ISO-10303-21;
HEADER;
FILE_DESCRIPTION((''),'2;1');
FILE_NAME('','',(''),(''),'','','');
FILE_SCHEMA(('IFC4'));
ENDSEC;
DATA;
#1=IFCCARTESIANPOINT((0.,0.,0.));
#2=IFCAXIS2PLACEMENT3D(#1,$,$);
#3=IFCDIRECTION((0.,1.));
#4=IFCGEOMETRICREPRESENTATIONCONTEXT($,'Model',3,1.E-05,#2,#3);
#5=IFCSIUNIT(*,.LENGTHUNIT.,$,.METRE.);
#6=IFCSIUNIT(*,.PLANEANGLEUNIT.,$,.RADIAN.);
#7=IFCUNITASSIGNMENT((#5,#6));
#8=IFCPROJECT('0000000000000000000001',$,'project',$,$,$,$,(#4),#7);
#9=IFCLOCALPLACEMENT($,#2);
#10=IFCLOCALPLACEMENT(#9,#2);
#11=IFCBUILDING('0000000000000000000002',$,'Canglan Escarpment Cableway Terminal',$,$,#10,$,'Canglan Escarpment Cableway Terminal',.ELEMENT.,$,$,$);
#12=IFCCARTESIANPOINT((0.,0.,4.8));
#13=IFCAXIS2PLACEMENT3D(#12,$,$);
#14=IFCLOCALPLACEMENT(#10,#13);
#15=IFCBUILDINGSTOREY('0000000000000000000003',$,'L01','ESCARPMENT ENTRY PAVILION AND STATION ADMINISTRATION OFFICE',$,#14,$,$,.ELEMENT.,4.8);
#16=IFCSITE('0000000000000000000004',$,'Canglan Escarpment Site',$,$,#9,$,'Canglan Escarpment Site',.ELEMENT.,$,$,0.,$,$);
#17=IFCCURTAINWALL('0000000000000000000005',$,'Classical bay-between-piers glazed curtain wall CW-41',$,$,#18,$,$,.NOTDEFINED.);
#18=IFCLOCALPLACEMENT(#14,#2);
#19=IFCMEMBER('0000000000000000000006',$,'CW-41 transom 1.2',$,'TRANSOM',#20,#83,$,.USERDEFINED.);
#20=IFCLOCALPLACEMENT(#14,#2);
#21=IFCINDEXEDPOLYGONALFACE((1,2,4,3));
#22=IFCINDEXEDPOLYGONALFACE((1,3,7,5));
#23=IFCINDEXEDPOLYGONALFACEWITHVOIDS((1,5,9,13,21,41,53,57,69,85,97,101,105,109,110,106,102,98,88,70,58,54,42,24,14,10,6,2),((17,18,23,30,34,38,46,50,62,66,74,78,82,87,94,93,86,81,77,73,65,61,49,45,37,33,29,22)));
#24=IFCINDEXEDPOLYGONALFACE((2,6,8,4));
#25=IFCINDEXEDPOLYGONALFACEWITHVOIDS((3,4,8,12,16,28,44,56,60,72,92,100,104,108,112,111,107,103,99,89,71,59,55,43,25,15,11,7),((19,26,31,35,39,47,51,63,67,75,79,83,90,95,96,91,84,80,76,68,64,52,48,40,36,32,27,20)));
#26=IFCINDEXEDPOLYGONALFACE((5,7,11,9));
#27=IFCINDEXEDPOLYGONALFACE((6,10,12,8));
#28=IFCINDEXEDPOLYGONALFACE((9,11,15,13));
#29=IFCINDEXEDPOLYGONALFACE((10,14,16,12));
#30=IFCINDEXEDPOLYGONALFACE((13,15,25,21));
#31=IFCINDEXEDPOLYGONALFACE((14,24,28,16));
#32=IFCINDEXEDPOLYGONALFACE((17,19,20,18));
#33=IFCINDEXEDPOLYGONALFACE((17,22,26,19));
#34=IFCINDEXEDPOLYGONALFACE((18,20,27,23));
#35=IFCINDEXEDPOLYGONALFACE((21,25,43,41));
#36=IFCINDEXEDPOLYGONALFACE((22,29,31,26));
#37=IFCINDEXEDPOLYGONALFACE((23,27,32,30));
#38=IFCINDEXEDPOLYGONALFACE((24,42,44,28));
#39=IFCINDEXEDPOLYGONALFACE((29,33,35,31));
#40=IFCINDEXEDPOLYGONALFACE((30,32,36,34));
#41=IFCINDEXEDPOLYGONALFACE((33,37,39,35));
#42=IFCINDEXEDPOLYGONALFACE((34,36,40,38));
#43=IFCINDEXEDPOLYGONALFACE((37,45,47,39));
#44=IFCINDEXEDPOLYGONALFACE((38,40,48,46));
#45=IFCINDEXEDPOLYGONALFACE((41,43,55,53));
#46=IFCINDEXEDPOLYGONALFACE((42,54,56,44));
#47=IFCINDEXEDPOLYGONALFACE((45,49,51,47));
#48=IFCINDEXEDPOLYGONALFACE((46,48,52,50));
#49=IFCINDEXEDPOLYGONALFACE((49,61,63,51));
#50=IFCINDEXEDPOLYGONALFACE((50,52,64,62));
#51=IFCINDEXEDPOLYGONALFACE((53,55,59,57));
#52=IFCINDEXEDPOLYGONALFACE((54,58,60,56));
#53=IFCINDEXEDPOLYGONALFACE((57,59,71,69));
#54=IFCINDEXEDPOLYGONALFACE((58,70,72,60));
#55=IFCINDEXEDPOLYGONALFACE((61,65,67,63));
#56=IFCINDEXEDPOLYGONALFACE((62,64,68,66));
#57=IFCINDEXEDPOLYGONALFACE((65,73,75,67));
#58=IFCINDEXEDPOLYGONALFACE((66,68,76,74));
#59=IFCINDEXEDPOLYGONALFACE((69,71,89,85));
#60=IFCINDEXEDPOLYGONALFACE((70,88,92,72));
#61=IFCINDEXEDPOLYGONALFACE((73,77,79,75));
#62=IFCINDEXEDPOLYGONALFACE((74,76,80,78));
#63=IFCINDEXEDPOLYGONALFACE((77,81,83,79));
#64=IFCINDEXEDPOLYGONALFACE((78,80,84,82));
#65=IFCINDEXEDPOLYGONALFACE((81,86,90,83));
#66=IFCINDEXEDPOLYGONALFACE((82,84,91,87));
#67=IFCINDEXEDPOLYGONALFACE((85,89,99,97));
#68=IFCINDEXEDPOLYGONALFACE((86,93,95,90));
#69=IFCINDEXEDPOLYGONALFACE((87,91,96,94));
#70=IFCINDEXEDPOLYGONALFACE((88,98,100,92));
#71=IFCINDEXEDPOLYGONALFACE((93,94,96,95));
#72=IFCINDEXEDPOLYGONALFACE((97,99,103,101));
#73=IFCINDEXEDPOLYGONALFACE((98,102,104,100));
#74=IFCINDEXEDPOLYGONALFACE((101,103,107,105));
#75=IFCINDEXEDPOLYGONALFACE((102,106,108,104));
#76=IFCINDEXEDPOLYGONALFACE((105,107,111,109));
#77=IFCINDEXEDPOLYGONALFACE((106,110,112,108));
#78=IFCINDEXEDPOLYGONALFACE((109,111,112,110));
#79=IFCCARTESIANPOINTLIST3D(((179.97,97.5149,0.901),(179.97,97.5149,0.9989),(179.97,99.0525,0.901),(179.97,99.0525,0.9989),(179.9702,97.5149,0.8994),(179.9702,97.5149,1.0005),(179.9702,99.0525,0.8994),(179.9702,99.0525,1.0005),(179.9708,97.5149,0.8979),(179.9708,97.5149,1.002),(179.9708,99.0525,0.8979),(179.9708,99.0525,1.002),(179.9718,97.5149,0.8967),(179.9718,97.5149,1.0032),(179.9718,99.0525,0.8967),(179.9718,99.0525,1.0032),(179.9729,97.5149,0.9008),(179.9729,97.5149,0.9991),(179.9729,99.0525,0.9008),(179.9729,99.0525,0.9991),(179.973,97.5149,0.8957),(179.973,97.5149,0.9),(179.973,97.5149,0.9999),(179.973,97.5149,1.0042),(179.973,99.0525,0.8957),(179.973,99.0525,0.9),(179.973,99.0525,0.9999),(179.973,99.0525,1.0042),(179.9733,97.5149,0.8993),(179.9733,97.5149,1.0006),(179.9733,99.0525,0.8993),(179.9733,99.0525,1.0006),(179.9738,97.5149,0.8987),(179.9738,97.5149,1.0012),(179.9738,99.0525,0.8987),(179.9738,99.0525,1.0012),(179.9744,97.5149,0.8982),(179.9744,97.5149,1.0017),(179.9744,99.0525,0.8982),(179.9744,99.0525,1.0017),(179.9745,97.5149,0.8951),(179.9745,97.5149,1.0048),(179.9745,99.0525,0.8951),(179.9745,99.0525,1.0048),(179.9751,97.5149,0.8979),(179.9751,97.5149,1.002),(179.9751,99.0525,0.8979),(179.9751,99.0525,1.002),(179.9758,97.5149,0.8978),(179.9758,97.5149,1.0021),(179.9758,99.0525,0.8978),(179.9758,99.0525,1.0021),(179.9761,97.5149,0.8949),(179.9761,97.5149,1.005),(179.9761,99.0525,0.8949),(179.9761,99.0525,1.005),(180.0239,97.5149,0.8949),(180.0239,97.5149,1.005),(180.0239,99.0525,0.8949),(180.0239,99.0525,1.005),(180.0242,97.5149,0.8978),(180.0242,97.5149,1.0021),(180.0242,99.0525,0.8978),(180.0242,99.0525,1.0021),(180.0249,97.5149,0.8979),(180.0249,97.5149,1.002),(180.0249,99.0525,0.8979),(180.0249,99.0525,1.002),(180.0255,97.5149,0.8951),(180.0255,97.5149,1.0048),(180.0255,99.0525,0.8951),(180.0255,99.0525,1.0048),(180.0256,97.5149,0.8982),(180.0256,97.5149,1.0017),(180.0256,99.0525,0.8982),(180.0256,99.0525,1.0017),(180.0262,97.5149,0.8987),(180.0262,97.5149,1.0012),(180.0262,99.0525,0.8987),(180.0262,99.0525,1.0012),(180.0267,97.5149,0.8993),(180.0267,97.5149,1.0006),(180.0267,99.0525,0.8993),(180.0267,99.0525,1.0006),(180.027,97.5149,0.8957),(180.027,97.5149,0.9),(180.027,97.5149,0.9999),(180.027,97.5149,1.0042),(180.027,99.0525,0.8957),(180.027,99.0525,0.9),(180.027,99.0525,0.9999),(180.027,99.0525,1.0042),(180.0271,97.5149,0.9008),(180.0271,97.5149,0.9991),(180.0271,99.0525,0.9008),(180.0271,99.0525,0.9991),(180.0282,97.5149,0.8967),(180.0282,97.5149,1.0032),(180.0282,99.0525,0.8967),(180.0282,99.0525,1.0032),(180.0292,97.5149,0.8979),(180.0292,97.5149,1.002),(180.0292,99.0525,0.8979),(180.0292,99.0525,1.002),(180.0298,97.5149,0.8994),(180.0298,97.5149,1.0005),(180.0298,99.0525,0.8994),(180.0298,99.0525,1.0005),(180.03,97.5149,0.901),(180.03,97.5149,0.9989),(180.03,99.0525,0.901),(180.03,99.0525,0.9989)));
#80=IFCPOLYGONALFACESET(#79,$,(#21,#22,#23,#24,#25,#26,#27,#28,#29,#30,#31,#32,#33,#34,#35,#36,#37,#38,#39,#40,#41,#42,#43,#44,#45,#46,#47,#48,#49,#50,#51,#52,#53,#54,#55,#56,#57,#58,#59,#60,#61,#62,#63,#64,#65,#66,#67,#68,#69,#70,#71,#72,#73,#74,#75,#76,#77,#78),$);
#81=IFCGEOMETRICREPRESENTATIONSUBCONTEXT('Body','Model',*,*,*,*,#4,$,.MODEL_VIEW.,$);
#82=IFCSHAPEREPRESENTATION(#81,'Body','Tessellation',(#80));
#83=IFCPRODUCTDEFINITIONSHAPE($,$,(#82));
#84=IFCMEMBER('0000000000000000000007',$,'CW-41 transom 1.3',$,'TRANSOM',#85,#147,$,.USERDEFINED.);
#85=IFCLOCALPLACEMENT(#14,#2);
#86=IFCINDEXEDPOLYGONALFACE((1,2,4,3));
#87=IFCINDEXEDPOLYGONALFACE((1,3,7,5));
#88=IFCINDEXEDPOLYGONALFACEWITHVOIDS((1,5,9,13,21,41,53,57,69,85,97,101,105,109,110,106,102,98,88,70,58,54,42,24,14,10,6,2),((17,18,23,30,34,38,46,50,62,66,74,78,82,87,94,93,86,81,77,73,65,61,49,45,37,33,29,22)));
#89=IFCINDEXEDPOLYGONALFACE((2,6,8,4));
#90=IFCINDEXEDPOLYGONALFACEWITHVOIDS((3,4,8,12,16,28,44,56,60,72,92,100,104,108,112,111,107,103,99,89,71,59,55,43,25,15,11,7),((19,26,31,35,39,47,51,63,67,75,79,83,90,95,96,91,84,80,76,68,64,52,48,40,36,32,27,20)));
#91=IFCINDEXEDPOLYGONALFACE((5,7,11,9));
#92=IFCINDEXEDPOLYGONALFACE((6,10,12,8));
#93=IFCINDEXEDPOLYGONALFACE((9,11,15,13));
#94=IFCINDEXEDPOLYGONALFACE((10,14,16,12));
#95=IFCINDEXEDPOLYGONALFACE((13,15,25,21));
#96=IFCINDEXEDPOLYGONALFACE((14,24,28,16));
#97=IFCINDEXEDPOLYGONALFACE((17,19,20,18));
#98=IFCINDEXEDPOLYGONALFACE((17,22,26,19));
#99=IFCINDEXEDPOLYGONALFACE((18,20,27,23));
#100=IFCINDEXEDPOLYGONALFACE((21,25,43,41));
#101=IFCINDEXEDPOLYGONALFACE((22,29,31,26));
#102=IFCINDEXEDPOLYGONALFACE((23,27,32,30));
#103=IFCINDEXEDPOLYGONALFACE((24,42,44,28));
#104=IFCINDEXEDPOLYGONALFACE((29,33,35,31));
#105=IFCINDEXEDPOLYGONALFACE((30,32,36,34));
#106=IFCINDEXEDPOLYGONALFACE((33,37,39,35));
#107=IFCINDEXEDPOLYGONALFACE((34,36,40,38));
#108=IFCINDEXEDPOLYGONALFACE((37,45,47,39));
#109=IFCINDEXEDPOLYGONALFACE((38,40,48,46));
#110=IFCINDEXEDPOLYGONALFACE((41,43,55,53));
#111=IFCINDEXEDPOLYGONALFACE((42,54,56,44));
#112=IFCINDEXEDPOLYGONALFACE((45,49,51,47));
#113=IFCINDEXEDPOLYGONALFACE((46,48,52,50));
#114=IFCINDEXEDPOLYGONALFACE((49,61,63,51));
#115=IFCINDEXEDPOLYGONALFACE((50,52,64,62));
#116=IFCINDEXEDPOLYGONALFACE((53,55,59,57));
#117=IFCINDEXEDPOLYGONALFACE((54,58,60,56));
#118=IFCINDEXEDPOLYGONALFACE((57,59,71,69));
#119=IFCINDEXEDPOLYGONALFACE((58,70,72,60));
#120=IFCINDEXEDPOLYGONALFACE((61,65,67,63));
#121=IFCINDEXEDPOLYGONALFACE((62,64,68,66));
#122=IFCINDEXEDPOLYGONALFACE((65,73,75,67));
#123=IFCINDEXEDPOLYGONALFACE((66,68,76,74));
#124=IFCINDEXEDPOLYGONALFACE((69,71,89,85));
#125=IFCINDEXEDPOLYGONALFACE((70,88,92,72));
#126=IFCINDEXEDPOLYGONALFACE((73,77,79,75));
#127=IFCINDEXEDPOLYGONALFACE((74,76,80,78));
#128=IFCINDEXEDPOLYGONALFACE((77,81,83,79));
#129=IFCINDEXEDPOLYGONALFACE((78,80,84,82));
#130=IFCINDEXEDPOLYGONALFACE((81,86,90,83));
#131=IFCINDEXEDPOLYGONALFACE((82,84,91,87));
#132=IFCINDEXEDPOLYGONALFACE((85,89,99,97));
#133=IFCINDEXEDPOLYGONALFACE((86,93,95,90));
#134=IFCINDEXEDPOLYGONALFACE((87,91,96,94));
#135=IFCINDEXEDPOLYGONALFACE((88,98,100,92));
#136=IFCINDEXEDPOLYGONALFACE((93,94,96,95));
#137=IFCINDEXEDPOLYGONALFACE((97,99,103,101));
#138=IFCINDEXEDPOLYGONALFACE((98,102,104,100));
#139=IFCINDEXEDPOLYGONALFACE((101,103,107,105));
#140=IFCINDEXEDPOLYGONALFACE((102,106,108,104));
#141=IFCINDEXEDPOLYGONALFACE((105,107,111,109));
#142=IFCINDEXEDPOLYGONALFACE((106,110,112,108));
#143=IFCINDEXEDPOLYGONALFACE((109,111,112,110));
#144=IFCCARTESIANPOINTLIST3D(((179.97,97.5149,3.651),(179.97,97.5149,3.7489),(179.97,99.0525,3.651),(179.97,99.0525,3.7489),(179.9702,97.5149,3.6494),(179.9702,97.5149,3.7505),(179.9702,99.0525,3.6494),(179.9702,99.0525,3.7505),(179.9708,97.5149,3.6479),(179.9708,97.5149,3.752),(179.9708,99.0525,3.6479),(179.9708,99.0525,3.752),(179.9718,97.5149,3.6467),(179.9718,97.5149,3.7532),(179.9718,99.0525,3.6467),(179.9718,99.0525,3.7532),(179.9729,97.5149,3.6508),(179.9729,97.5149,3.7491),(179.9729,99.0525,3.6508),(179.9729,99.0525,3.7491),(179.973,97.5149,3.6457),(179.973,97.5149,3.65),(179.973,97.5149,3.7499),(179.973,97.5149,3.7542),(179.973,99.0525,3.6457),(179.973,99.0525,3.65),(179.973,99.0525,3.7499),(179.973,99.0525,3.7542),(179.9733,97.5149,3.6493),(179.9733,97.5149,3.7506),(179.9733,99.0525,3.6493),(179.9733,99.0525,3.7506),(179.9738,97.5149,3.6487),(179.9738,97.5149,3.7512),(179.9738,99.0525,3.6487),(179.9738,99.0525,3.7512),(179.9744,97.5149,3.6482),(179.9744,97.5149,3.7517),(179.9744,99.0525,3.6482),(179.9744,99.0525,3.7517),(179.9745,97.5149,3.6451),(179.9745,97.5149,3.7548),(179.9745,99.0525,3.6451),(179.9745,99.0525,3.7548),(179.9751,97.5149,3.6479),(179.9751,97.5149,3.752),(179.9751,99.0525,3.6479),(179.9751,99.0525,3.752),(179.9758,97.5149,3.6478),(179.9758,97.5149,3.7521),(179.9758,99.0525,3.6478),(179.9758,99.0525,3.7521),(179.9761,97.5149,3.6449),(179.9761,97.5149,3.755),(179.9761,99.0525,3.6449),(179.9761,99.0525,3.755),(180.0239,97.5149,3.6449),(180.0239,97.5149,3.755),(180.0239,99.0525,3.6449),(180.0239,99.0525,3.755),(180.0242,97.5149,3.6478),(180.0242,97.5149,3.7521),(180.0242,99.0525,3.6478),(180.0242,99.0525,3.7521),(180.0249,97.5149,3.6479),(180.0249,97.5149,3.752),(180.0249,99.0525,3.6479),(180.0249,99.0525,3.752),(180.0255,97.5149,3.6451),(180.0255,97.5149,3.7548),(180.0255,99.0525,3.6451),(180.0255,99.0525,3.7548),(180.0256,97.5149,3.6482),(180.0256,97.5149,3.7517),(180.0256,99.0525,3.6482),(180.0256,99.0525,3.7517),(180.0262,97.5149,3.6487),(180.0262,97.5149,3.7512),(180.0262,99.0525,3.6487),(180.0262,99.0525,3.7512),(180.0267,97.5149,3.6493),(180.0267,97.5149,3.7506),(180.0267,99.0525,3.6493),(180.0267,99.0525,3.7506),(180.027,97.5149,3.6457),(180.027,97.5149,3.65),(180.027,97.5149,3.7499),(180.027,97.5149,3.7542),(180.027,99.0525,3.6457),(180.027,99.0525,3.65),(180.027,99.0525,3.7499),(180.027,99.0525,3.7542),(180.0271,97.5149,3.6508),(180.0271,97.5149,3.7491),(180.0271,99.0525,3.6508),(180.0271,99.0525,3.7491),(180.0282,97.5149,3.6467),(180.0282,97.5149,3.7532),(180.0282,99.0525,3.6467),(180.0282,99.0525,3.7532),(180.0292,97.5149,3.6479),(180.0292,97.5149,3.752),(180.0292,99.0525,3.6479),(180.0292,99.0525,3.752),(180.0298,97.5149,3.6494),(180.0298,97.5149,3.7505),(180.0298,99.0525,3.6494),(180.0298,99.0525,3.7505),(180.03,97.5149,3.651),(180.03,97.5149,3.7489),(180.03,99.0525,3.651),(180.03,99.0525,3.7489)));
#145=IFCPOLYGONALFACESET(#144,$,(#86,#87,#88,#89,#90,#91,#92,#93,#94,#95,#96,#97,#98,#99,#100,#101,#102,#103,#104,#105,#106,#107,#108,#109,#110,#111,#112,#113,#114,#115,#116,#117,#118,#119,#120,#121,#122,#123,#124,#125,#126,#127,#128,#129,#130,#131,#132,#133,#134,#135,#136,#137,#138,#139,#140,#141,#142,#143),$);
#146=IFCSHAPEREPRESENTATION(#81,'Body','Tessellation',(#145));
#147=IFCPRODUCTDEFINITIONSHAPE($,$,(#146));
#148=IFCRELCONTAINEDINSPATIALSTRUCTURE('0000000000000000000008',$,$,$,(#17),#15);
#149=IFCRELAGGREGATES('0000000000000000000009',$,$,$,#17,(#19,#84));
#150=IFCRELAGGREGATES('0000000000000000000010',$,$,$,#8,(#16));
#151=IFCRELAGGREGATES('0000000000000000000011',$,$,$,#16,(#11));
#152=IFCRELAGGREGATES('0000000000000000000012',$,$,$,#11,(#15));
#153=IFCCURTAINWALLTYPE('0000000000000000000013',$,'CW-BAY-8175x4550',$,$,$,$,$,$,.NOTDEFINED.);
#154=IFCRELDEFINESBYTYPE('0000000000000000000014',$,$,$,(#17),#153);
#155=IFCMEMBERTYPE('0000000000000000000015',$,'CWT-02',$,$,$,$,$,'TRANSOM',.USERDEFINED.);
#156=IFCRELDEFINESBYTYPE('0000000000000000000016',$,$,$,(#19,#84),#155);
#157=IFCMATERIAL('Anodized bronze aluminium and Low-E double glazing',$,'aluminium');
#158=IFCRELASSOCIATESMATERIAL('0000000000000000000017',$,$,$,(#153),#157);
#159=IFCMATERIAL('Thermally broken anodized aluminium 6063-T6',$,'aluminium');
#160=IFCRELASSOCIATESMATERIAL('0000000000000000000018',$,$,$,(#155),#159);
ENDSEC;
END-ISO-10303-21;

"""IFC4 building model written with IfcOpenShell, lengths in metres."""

from ifc_helpers import new_model, si_unit, direction, frame, origin, origin_2d, place, context, subcontext, project, spatial, hollow_rectangle, extrude, material, material_profile, profile_set, type_object, element, aggregate, save


model = new_model("IFC4")

# Units and contexts
model_context = context("Model", 3, precision=1e-05, world=origin(), true_north=direction((0.0, 1.0)))
body_context = subcontext(model_context, "Body", "Model", "MODEL_VIEW")
ifc_project = project(units=[si_unit("LENGTHUNIT", "METRE"), si_unit("PLANEANGLEUNIT", "RADIAN")], contexts=[model_context])

# Site, building, storey
site_placement = place(None, origin())
site = spatial("IfcSite", under=ifc_project, at=site_placement, Name="Canglan Escarpment Site", LongName="Canglan Escarpment Site", CompositionType="ELEMENT", RefElevation=0.0)
building_placement = place(site_placement, origin())
building = spatial("IfcBuilding", under=site, at=building_placement, Name="Canglan Escarpment Cableway Terminal", LongName="Canglan Escarpment Cableway Terminal", CompositionType="ELEMENT")
storey_placement = place(building_placement, frame((0.0, 0.0, 4.8)))
storey = spatial("IfcBuildingStorey", under=building, at=storey_placement, Name="L01", Description="ESCARPMENT ENTRY PAVILION AND STATION ADMINISTRATION OFFICE", CompositionType="ELEMENT", Elevation=4.8)

# Curtain wall, members
ifc_material_1 = material(Name="Anodized bronze aluminium and Low-E double glazing", Category="aluminium")
curtain_wall_type = type_object("IfcCurtainWallType", Name="CW-BAY-8175x4550", PredefinedType="NOTDEFINED", material=ifc_material_1)
curtain_wall_placement = place(storey_placement, origin())
curtain_wall = element("IfcCurtainWall", 1, at=curtain_wall_placement, inside=storey, type_object=curtain_wall_type, Name="Classical bay-between-piers glazed curtain wall CW-41", PredefinedType="NOTDEFINED")
ifc_material_2 = material(Name="Thermally broken anodized aluminium 6063-T6", Category="aluminium")
ifc_material_profile_1 = material_profile(ifc_material_2, hollow_rectangle(XDim=0.0601, YDim=0.1101, WallThickness=0.0029, InnerFilletRadius=0.0029, OuterFilletRadius=0.0061, at=origin_2d()), Name="ALU-TRAN 60x110x3")
ifc_profile_set_1 = profile_set([ifc_material_profile_1], Name="Thermally broken anodized aluminium 6063-T6")
member_type_1 = type_object("IfcMemberType", Name="CWT-02", ElementType="TRANSOM", PredefinedType="USERDEFINED", material=ifc_profile_set_1)
member_1_placement = place(storey_placement, frame((180.0, 97.5149, 0.95), z_axis=(0.0, 1.0, 0.0), x_axis=(-1.0, 0.0, 0.0)))
member_1 = element("IfcMember", 2, at=member_1_placement, type_object=member_type_1, Name="CW-41 transom 1.2", ObjectType="TRANSOM", PredefinedType="USERDEFINED", context=body_context, shape_type="SweptSolid", body=[
    extrude(hollow_rectangle(XDim=0.0601, YDim=0.1101, WallThickness=0.0029, InnerFilletRadius=0.0029, OuterFilletRadius=0.0061, at=origin_2d()), origin(), (0.0, 0.0, 1.0), 1.5376),
])
member_2_placement = place(storey_placement, frame((180.0, 97.5149, 3.7), z_axis=(0.0, 1.0, 0.0), x_axis=(-1.0, 0.0, 0.0)))
member_2 = element("IfcMember", 3, at=member_2_placement, type_object=member_type_1, Name="CW-41 transom 1.3", ObjectType="TRANSOM", PredefinedType="USERDEFINED", context=body_context, shape_type="SweptSolid", body=[
    extrude(hollow_rectangle(XDim=0.0601, YDim=0.1101, WallThickness=0.0029, InnerFilletRadius=0.0029, OuterFilletRadius=0.0061, at=origin_2d()), origin(), (0.0, 0.0, 1.0), 1.5376),
])
aggregate(curtain_wall, [member_1, member_2])

save(model, "model.ifc")
